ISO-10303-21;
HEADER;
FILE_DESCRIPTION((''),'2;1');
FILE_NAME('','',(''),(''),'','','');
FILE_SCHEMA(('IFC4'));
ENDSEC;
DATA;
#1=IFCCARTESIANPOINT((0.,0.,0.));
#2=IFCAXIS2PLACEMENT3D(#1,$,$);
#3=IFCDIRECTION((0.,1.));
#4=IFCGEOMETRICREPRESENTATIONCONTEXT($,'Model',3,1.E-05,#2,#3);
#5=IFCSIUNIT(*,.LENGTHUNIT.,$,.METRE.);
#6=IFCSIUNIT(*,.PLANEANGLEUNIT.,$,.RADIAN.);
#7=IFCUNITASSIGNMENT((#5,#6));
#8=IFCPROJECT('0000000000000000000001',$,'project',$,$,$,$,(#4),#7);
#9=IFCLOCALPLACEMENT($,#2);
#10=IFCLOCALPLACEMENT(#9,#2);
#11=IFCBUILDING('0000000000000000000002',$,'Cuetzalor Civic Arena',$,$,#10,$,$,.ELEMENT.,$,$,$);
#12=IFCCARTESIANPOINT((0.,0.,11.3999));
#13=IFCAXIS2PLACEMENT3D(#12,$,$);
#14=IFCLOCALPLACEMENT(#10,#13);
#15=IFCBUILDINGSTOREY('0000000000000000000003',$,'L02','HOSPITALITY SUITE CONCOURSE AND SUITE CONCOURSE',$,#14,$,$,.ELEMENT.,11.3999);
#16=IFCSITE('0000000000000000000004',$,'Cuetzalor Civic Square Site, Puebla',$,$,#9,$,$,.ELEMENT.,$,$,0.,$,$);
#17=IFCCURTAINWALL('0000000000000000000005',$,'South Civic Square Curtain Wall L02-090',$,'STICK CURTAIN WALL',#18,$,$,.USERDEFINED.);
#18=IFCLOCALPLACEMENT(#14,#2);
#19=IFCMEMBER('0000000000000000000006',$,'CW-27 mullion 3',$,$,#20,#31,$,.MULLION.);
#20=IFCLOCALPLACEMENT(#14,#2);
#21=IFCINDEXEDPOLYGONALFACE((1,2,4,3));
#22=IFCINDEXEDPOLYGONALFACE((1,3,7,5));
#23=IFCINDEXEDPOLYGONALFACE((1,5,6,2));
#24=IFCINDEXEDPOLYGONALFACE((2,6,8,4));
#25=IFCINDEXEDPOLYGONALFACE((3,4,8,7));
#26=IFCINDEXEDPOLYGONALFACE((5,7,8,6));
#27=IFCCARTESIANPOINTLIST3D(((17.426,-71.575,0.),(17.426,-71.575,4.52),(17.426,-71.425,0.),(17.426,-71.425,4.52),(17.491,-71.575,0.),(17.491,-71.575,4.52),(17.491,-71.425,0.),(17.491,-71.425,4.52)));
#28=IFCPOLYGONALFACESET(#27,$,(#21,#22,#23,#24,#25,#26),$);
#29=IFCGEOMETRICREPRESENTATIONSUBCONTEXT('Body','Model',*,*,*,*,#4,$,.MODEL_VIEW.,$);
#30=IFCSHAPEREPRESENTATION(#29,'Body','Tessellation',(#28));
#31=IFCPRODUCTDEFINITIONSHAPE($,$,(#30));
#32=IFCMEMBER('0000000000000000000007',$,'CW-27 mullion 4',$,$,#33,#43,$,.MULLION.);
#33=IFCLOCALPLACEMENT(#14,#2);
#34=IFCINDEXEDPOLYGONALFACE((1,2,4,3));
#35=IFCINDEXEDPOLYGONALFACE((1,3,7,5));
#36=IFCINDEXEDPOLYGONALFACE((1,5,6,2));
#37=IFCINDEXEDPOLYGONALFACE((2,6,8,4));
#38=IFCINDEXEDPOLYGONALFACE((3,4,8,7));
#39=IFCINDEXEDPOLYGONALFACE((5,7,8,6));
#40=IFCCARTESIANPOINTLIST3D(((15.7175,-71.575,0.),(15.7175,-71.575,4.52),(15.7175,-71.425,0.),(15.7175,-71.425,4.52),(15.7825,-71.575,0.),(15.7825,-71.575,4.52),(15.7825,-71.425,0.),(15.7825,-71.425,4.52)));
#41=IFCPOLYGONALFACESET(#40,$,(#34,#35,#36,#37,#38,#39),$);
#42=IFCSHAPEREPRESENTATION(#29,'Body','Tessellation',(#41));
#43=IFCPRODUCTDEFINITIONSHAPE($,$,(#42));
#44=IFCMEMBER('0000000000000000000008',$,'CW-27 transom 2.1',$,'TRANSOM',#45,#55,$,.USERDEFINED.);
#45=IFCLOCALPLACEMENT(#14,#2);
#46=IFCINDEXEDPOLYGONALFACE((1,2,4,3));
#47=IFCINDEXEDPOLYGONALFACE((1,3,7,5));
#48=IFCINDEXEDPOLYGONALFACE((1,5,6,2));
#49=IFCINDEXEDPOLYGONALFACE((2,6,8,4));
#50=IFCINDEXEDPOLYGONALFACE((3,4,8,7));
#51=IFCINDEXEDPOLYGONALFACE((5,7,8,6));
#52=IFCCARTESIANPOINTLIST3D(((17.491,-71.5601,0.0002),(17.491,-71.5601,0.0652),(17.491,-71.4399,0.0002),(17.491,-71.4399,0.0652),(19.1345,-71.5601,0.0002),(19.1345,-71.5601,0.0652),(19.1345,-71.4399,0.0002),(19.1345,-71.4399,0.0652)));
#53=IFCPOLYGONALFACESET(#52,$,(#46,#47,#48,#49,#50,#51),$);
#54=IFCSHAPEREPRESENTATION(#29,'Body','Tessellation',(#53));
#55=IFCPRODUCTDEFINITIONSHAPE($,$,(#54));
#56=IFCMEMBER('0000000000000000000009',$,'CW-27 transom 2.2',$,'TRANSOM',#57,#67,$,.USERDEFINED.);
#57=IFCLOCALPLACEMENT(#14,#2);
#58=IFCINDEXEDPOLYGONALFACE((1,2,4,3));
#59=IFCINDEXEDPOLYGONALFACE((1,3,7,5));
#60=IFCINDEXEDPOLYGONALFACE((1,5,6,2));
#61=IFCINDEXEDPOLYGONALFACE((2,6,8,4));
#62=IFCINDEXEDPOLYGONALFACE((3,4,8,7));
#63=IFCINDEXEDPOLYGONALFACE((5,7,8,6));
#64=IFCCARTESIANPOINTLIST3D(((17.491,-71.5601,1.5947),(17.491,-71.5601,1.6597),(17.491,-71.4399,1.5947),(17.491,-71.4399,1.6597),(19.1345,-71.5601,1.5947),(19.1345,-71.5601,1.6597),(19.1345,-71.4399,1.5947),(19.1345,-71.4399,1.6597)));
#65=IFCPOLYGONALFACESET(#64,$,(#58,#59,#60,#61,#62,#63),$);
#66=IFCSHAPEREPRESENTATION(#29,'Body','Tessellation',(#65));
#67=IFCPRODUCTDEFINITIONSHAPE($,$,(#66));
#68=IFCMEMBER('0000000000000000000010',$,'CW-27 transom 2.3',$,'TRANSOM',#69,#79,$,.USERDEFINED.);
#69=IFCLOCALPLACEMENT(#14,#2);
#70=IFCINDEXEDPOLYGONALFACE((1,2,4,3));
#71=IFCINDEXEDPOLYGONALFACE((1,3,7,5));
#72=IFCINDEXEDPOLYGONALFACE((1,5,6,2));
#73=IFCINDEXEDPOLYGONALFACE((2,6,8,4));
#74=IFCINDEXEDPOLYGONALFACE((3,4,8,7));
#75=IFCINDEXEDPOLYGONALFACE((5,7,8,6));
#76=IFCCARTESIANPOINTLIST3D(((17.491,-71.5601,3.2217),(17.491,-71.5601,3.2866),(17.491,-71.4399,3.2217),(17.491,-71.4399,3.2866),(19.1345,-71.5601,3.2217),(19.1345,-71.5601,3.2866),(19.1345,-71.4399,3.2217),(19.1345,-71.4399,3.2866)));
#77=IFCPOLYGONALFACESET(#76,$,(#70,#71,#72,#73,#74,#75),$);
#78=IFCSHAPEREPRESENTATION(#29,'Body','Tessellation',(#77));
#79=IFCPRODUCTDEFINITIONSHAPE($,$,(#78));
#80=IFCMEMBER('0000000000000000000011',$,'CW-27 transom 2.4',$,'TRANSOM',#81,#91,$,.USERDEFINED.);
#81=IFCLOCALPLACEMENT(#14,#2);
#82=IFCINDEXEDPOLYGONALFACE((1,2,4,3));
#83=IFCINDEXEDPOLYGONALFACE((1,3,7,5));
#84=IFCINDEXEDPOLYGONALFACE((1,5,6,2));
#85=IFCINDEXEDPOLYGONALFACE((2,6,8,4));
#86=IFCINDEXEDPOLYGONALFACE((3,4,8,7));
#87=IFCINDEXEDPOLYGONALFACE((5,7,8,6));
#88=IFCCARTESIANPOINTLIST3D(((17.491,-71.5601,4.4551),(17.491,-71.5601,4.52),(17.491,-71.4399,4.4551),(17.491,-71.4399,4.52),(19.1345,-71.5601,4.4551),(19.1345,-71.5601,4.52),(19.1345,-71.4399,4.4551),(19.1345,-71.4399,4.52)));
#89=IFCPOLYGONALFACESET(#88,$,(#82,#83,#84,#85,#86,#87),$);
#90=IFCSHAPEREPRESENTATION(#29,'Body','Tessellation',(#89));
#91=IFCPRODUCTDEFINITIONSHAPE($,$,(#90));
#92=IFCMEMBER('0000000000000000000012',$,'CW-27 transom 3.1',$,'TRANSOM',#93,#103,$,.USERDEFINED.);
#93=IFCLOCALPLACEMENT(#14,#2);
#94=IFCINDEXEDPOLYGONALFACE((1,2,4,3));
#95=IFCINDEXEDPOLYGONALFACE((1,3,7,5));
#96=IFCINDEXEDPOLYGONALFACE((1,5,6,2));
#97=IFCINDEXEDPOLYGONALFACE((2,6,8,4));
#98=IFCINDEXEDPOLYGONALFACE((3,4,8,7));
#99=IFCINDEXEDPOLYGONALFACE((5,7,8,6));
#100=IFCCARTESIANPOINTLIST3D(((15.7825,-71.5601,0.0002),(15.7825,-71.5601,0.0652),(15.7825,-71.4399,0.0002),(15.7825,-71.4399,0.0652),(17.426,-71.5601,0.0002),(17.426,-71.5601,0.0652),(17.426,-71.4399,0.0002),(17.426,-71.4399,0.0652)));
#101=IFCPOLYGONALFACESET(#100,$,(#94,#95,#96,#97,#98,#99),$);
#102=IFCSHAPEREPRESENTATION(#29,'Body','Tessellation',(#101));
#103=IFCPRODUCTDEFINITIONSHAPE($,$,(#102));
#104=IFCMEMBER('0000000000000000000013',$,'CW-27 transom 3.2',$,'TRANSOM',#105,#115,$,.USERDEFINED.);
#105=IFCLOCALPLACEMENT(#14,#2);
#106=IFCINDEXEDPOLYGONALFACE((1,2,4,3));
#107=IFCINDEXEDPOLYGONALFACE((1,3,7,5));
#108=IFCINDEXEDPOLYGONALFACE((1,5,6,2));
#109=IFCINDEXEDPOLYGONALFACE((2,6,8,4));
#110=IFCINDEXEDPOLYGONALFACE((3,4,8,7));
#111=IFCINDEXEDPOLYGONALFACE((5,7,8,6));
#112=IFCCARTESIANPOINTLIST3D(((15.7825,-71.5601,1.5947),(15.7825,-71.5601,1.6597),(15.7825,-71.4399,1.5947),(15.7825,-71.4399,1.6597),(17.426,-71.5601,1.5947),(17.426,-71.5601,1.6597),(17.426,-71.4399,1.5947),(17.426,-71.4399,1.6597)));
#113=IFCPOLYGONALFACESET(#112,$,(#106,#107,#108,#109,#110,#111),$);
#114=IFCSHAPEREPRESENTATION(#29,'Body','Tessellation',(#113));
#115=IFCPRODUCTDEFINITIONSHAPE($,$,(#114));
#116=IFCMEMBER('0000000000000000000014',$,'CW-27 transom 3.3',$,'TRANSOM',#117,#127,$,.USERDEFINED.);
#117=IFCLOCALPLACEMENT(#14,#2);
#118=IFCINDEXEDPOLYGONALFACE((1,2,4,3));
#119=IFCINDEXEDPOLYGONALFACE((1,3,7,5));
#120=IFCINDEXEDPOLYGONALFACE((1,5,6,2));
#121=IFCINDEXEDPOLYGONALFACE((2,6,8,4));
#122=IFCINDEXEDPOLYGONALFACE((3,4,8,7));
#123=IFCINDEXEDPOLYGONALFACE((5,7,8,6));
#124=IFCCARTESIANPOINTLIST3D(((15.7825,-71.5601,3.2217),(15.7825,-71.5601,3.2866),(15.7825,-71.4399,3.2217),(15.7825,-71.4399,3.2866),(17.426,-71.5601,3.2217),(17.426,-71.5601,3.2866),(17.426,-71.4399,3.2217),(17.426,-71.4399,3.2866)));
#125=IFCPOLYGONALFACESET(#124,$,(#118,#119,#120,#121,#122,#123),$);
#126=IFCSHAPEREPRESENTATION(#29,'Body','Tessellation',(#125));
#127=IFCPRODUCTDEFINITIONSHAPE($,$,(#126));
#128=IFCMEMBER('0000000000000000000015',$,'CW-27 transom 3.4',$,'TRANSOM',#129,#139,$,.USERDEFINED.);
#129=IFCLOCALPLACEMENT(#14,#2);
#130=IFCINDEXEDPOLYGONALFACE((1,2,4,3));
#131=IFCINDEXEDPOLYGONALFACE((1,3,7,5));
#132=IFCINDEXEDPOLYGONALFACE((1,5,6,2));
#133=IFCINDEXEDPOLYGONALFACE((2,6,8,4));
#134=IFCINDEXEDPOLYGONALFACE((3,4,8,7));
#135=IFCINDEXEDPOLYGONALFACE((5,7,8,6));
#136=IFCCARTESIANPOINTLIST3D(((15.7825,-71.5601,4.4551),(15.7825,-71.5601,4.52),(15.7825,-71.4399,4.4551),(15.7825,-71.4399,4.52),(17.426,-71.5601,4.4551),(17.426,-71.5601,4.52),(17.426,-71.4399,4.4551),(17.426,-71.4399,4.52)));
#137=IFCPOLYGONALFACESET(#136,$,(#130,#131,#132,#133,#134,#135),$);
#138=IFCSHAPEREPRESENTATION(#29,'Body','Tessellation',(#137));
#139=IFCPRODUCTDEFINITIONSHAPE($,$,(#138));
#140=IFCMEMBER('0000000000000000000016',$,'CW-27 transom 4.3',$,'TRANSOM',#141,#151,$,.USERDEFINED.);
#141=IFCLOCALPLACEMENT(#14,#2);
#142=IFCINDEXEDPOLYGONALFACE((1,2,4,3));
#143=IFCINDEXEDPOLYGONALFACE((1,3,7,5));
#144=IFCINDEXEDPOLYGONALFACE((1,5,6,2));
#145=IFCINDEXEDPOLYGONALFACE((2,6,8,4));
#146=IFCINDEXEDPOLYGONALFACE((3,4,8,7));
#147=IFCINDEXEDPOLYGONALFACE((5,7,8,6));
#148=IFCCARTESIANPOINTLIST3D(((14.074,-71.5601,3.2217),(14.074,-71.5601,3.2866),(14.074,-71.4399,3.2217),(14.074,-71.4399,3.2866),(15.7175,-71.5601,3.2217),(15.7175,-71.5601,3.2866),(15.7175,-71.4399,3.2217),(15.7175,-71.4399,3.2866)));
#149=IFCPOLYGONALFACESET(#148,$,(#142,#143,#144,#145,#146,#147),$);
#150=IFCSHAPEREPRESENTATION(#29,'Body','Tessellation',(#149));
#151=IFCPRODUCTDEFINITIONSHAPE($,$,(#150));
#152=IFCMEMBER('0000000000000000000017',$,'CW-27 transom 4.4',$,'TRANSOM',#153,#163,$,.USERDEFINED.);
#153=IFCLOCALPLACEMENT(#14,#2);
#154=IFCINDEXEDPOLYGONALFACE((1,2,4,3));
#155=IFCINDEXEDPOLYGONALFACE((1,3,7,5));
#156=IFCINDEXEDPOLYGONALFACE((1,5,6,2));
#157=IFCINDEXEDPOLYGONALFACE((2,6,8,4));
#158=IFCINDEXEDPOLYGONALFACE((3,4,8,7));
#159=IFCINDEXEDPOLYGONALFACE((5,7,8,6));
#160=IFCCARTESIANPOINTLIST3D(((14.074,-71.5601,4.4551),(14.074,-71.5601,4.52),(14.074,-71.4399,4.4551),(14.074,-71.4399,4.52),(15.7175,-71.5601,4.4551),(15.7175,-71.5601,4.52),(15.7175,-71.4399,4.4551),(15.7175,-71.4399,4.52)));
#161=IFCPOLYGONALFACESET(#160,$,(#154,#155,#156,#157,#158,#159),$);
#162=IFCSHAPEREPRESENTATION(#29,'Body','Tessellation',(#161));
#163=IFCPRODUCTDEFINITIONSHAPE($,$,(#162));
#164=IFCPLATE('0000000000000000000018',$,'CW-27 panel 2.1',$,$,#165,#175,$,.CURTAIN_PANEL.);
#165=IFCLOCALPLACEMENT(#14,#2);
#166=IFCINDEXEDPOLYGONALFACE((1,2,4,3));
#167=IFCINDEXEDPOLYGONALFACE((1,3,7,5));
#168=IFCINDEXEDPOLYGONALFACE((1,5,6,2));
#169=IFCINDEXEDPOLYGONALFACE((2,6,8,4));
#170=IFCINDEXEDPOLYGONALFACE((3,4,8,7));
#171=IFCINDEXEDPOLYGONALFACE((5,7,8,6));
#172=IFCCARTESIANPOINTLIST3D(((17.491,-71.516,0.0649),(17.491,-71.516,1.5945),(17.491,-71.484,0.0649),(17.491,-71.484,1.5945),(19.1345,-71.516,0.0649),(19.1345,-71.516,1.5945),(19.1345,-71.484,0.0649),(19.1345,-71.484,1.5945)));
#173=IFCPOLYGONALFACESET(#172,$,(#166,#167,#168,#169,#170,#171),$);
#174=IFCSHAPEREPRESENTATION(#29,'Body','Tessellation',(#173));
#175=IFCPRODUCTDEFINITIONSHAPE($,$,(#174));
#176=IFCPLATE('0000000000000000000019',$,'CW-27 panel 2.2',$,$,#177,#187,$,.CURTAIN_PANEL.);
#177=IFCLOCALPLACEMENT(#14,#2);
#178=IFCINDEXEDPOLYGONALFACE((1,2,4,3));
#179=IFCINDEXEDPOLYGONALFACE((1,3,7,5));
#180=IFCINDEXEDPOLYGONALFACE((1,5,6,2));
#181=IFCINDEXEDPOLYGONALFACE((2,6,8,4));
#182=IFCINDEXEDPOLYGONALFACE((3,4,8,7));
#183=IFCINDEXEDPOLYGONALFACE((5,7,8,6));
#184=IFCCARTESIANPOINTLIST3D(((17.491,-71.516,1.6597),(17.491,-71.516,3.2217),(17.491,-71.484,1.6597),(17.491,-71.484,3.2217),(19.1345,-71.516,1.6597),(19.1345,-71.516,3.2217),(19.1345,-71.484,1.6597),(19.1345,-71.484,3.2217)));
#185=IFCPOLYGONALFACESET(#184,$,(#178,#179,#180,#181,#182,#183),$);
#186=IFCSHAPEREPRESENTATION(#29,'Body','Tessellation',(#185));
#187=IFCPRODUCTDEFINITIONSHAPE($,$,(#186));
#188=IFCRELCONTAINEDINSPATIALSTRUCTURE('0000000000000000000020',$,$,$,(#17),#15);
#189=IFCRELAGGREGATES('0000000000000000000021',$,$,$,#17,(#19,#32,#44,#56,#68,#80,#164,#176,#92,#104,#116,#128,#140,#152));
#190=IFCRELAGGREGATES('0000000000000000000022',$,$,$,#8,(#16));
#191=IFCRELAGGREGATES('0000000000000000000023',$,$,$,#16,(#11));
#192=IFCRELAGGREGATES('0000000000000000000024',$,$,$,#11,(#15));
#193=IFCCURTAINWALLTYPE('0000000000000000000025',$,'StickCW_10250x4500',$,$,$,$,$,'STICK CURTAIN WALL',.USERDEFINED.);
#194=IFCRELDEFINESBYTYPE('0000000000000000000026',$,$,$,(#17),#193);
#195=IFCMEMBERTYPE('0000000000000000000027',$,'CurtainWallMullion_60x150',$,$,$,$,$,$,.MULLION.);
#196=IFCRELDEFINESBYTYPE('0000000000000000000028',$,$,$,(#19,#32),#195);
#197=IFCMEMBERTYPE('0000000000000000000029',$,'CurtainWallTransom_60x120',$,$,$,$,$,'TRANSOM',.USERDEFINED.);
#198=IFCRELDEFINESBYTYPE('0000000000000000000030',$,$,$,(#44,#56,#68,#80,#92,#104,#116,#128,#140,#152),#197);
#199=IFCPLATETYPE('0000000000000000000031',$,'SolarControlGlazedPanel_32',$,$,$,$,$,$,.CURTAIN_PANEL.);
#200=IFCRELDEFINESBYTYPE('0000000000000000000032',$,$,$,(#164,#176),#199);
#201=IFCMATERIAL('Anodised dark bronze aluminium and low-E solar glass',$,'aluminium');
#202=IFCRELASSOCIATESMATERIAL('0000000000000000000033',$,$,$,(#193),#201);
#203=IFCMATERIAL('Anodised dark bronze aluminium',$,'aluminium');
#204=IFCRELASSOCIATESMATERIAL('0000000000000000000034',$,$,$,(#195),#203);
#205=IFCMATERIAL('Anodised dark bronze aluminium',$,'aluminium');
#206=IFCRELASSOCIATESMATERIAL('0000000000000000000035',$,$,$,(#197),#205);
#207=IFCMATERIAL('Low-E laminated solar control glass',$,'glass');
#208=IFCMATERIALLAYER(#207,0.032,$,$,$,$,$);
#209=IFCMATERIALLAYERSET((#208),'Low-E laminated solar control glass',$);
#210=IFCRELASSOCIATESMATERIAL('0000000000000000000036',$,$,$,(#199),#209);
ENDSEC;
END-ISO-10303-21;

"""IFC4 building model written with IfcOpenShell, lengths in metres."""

from ifc_helpers import new_model, si_unit, direction, frame, origin, origin_2d, place, context, subcontext, project, spatial, rectangle, extrude, material, layer, layer_set, material_profile, profile_set, type_object, element, aggregate, save


model = new_model("IFC4")

# Units and contexts
model_context = context("Model", 3, precision=1e-05, world=origin(), true_north=direction((0.0, 1.0)))
body_context = subcontext(model_context, "Body", "Model", "MODEL_VIEW")
ifc_project = project(units=[si_unit("LENGTHUNIT", "METRE"), si_unit("PLANEANGLEUNIT", "RADIAN")], contexts=[model_context])

# Site, building, storey
site_placement = place(None, origin())
site = spatial("IfcSite", under=ifc_project, at=site_placement, Name="Cuetzalor Civic Square Site, Puebla", CompositionType="ELEMENT", RefElevation=0.0)
building_placement = place(site_placement, origin())
building = spatial("IfcBuilding", under=site, at=building_placement, Name="Cuetzalor Civic Arena", CompositionType="ELEMENT")
storey_placement = place(building_placement, frame((0.0, 0.0, 11.3999)))
storey = spatial("IfcBuildingStorey", under=building, at=storey_placement, Name="L02", Description="HOSPITALITY SUITE CONCOURSE AND SUITE CONCOURSE", CompositionType="ELEMENT", Elevation=11.3999)

# Curtain wall, members, plates
ifc_material_1 = material(Name="Anodised dark bronze aluminium and low-E solar glass", Category="aluminium")
curtain_wall_type = type_object("IfcCurtainWallType", Name="StickCW_10250x4500", ElementType="STICK CURTAIN WALL", PredefinedType="USERDEFINED", material=ifc_material_1)
curtain_wall_placement = place(storey_placement, origin())
curtain_wall = element("IfcCurtainWall", 1, at=curtain_wall_placement, inside=storey, type_object=curtain_wall_type, Name="South Civic Square Curtain Wall L02-090", ObjectType="STICK CURTAIN WALL", PredefinedType="USERDEFINED")
ifc_material_2 = material(Name="Anodised dark bronze aluminium", Category="aluminium")
ifc_material_profile_1 = material_profile(ifc_material_2, rectangle(XDim=0.0649, YDim=0.1499, at=origin_2d()), Name="ALU MULLION 65x150")
ifc_profile_set_1 = profile_set([ifc_material_profile_1], Name="Anodised dark bronze aluminium")
member_type_1 = type_object("IfcMemberType", Name="CurtainWallMullion_60x150", PredefinedType="MULLION", material=ifc_profile_set_1)
member_1_placement = place(storey_placement, frame((17.4585, -71.5, 0.0), z_axis=(0.0, 0.0, 1.0), x_axis=(-1.0, 0.0, 0.0)))
member_1 = element("IfcMember", 2, at=member_1_placement, type_object=member_type_1, Name="CW-27 mullion 3", PredefinedType="MULLION", context=body_context, shape_type="SweptSolid", body=[
    extrude(rectangle(XDim=0.0649, YDim=0.1499, at=origin_2d()), origin(), (0.0, 0.0, 1.0), 4.52),
])
member_2_placement = place(storey_placement, frame((15.75, -71.5, 0.0), z_axis=(0.0, 0.0, 1.0), x_axis=(-1.0, 0.0, 0.0)))
member_2 = element("IfcMember", 3, at=member_2_placement, type_object=member_type_1, Name="CW-27 mullion 4", PredefinedType="MULLION", context=body_context, shape_type="SweptSolid", body=[
    extrude(rectangle(XDim=0.0649, YDim=0.1499, at=origin_2d()), origin(), (0.0, 0.0, 1.0), 4.52),
])
ifc_material_3 = material(Name="Anodised dark bronze aluminium", Category="aluminium")
ifc_material_profile_2 = material_profile(ifc_material_3, rectangle(XDim=0.1201, YDim=0.0649, at=origin_2d()), Name="ALU TRANSOM 65x120")
ifc_profile_set_2 = profile_set([ifc_material_profile_2], Name="Anodised dark bronze aluminium")
member_type_2 = type_object("IfcMemberType", Name="CurtainWallTransom_60x120", ElementType="TRANSOM", PredefinedType="USERDEFINED", material=ifc_profile_set_2)
member_3_placement = place(storey_placement, frame((19.1345, -71.5, 0.0327), z_axis=(-1.0, 0.0, 0.0), x_axis=(0.0, -1.0, 0.0)))
member_3 = element("IfcMember", 4, at=member_3_placement, type_object=member_type_2, Name="CW-27 transom 2.1", ObjectType="TRANSOM", PredefinedType="USERDEFINED", context=body_context, shape_type="SweptSolid", body=[
    extrude(rectangle(XDim=0.1201, YDim=0.0649, at=origin_2d()), origin(), (0.0, 0.0, 1.0), 1.6436),
])
member_4_placement = place(storey_placement, frame((19.1345, -71.5, 1.6272), z_axis=(-1.0, 0.0, 0.0), x_axis=(0.0, -1.0, 0.0)))
member_4 = element("IfcMember", 5, at=member_4_placement, type_object=member_type_2, Name="CW-27 transom 2.2", ObjectType="TRANSOM", PredefinedType="USERDEFINED", context=body_context, shape_type="SweptSolid", body=[
    extrude(rectangle(XDim=0.1201, YDim=0.0649, at=origin_2d()), origin(), (0.0, 0.0, 1.0), 1.6436),
])
member_5_placement = place(storey_placement, frame((19.1345, -71.5, 3.2542), z_axis=(-1.0, 0.0, 0.0), x_axis=(0.0, -1.0, 0.0)))
member_5 = element("IfcMember", 6, at=member_5_placement, type_object=member_type_2, Name="CW-27 transom 2.3", ObjectType="TRANSOM", PredefinedType="USERDEFINED", context=body_context, shape_type="SweptSolid", body=[
    extrude(rectangle(XDim=0.1201, YDim=0.0649, at=origin_2d()), origin(), (0.0, 0.0, 1.0), 1.6436),
])
member_6_placement = place(storey_placement, frame((19.1345, -71.5, 4.4875), z_axis=(-1.0, 0.0, 0.0), x_axis=(0.0, -1.0, 0.0)))
member_6 = element("IfcMember", 7, at=member_6_placement, type_object=member_type_2, Name="CW-27 transom 2.4", ObjectType="TRANSOM", PredefinedType="USERDEFINED", context=body_context, shape_type="SweptSolid", body=[
    extrude(rectangle(XDim=0.1201, YDim=0.0649, at=origin_2d()), origin(), (0.0, 0.0, 1.0), 1.6436),
])
member_7_placement = place(storey_placement, frame((17.426, -71.5, 0.0327), z_axis=(-1.0, 0.0, 0.0), x_axis=(0.0, -1.0, 0.0)))
member_7 = element("IfcMember", 8, at=member_7_placement, type_object=member_type_2, Name="CW-27 transom 3.1", ObjectType="TRANSOM", PredefinedType="USERDEFINED", context=body_context, shape_type="SweptSolid", body=[
    extrude(rectangle(XDim=0.1201, YDim=0.0649, at=origin_2d()), origin(), (0.0, 0.0, 1.0), 1.6436),
])
member_8_placement = place(storey_placement, frame((17.426, -71.5, 1.6272), z_axis=(-1.0, 0.0, 0.0), x_axis=(0.0, -1.0, 0.0)))
member_8 = element("IfcMember", 9, at=member_8_placement, type_object=member_type_2, Name="CW-27 transom 3.2", ObjectType="TRANSOM", PredefinedType="USERDEFINED", context=body_context, shape_type="SweptSolid", body=[
    extrude(rectangle(XDim=0.1201, YDim=0.0649, at=origin_2d()), origin(), (0.0, 0.0, 1.0), 1.6436),
])
member_9_placement = place(storey_placement, frame((17.426, -71.5, 3.2542), z_axis=(-1.0, 0.0, 0.0), x_axis=(0.0, -1.0, 0.0)))
member_9 = element("IfcMember", 10, at=member_9_placement, type_object=member_type_2, Name="CW-27 transom 3.3", ObjectType="TRANSOM", PredefinedType="USERDEFINED", context=body_context, shape_type="SweptSolid", body=[
    extrude(rectangle(XDim=0.1201, YDim=0.0649, at=origin_2d()), origin(), (0.0, 0.0, 1.0), 1.6436),
])
member_10_placement = place(storey_placement, frame((17.426, -71.5, 4.4875), z_axis=(-1.0, 0.0, 0.0), x_axis=(0.0, -1.0, 0.0)))
member_10 = element("IfcMember", 11, at=member_10_placement, type_object=member_type_2, Name="CW-27 transom 3.4", ObjectType="TRANSOM", PredefinedType="USERDEFINED", context=body_context, shape_type="SweptSolid", body=[
    extrude(rectangle(XDim=0.1201, YDim=0.0649, at=origin_2d()), origin(), (0.0, 0.0, 1.0), 1.6436),
])
member_11_placement = place(storey_placement, frame((15.7175, -71.5, 3.2542), z_axis=(-1.0, 0.0, 0.0), x_axis=(0.0, -1.0, 0.0)))
member_11 = element("IfcMember", 12, at=member_11_placement, type_object=member_type_2, Name="CW-27 transom 4.3", ObjectType="TRANSOM", PredefinedType="USERDEFINED", context=body_context, shape_type="SweptSolid", body=[
    extrude(rectangle(XDim=0.1201, YDim=0.0649, at=origin_2d()), origin(), (0.0, 0.0, 1.0), 1.6436),
])
member_12_placement = place(storey_placement, frame((15.7175, -71.5, 4.4875), z_axis=(-1.0, 0.0, 0.0), x_axis=(0.0, -1.0, 0.0)))
member_12 = element("IfcMember", 13, at=member_12_placement, type_object=member_type_2, Name="CW-27 transom 4.4", ObjectType="TRANSOM", PredefinedType="USERDEFINED", context=body_context, shape_type="SweptSolid", body=[
    extrude(rectangle(XDim=0.1201, YDim=0.0649, at=origin_2d()), origin(), (0.0, 0.0, 1.0), 1.6436),
])
ifc_material_4 = material(Name="Low-E laminated solar control glass", Category="glass")
ifc_layer_1 = layer(ifc_material_4, 0.032)
ifc_layer_set_1 = layer_set([ifc_layer_1], Name="Low-E laminated solar control glass")
plate_type = type_object("IfcPlateType", Name="SolarControlGlazedPanel_32", PredefinedType="CURTAIN_PANEL", material=ifc_layer_set_1)
plate_1_placement = place(storey_placement, frame((18.3127, -71.5, 0.0649), z_axis=(0.0, 0.0, 1.0), x_axis=(-1.0, 0.0, 0.0)))
plate_1 = element("IfcPlate", 14, at=plate_1_placement, type_object=plate_type, Name="CW-27 panel 2.1", PredefinedType="CURTAIN_PANEL", context=body_context, shape_type="SweptSolid", body=[
    extrude(rectangle(XDim=1.6436, YDim=0.032, at=origin_2d()), origin(), (0.0, 0.0, 1.0), 1.5295),
])
plate_2_placement = place(storey_placement, frame((18.3127, -71.5, 1.6597), z_axis=(0.0, 0.0, 1.0), x_axis=(-1.0, 0.0, 0.0)))
plate_2 = element("IfcPlate", 15, at=plate_2_placement, type_object=plate_type, Name="CW-27 panel 2.2", PredefinedType="CURTAIN_PANEL", context=body_context, shape_type="SweptSolid", body=[
    extrude(rectangle(XDim=1.6436, YDim=0.032, at=origin_2d()), origin(), (0.0, 0.0, 1.0), 1.562),
])
aggregate(curtain_wall, [member_1, member_2, member_3, member_4, member_5, member_6, plate_1, plate_2, member_7, member_8, member_9, member_10, member_11, member_12])

save(model, "model.ifc")
